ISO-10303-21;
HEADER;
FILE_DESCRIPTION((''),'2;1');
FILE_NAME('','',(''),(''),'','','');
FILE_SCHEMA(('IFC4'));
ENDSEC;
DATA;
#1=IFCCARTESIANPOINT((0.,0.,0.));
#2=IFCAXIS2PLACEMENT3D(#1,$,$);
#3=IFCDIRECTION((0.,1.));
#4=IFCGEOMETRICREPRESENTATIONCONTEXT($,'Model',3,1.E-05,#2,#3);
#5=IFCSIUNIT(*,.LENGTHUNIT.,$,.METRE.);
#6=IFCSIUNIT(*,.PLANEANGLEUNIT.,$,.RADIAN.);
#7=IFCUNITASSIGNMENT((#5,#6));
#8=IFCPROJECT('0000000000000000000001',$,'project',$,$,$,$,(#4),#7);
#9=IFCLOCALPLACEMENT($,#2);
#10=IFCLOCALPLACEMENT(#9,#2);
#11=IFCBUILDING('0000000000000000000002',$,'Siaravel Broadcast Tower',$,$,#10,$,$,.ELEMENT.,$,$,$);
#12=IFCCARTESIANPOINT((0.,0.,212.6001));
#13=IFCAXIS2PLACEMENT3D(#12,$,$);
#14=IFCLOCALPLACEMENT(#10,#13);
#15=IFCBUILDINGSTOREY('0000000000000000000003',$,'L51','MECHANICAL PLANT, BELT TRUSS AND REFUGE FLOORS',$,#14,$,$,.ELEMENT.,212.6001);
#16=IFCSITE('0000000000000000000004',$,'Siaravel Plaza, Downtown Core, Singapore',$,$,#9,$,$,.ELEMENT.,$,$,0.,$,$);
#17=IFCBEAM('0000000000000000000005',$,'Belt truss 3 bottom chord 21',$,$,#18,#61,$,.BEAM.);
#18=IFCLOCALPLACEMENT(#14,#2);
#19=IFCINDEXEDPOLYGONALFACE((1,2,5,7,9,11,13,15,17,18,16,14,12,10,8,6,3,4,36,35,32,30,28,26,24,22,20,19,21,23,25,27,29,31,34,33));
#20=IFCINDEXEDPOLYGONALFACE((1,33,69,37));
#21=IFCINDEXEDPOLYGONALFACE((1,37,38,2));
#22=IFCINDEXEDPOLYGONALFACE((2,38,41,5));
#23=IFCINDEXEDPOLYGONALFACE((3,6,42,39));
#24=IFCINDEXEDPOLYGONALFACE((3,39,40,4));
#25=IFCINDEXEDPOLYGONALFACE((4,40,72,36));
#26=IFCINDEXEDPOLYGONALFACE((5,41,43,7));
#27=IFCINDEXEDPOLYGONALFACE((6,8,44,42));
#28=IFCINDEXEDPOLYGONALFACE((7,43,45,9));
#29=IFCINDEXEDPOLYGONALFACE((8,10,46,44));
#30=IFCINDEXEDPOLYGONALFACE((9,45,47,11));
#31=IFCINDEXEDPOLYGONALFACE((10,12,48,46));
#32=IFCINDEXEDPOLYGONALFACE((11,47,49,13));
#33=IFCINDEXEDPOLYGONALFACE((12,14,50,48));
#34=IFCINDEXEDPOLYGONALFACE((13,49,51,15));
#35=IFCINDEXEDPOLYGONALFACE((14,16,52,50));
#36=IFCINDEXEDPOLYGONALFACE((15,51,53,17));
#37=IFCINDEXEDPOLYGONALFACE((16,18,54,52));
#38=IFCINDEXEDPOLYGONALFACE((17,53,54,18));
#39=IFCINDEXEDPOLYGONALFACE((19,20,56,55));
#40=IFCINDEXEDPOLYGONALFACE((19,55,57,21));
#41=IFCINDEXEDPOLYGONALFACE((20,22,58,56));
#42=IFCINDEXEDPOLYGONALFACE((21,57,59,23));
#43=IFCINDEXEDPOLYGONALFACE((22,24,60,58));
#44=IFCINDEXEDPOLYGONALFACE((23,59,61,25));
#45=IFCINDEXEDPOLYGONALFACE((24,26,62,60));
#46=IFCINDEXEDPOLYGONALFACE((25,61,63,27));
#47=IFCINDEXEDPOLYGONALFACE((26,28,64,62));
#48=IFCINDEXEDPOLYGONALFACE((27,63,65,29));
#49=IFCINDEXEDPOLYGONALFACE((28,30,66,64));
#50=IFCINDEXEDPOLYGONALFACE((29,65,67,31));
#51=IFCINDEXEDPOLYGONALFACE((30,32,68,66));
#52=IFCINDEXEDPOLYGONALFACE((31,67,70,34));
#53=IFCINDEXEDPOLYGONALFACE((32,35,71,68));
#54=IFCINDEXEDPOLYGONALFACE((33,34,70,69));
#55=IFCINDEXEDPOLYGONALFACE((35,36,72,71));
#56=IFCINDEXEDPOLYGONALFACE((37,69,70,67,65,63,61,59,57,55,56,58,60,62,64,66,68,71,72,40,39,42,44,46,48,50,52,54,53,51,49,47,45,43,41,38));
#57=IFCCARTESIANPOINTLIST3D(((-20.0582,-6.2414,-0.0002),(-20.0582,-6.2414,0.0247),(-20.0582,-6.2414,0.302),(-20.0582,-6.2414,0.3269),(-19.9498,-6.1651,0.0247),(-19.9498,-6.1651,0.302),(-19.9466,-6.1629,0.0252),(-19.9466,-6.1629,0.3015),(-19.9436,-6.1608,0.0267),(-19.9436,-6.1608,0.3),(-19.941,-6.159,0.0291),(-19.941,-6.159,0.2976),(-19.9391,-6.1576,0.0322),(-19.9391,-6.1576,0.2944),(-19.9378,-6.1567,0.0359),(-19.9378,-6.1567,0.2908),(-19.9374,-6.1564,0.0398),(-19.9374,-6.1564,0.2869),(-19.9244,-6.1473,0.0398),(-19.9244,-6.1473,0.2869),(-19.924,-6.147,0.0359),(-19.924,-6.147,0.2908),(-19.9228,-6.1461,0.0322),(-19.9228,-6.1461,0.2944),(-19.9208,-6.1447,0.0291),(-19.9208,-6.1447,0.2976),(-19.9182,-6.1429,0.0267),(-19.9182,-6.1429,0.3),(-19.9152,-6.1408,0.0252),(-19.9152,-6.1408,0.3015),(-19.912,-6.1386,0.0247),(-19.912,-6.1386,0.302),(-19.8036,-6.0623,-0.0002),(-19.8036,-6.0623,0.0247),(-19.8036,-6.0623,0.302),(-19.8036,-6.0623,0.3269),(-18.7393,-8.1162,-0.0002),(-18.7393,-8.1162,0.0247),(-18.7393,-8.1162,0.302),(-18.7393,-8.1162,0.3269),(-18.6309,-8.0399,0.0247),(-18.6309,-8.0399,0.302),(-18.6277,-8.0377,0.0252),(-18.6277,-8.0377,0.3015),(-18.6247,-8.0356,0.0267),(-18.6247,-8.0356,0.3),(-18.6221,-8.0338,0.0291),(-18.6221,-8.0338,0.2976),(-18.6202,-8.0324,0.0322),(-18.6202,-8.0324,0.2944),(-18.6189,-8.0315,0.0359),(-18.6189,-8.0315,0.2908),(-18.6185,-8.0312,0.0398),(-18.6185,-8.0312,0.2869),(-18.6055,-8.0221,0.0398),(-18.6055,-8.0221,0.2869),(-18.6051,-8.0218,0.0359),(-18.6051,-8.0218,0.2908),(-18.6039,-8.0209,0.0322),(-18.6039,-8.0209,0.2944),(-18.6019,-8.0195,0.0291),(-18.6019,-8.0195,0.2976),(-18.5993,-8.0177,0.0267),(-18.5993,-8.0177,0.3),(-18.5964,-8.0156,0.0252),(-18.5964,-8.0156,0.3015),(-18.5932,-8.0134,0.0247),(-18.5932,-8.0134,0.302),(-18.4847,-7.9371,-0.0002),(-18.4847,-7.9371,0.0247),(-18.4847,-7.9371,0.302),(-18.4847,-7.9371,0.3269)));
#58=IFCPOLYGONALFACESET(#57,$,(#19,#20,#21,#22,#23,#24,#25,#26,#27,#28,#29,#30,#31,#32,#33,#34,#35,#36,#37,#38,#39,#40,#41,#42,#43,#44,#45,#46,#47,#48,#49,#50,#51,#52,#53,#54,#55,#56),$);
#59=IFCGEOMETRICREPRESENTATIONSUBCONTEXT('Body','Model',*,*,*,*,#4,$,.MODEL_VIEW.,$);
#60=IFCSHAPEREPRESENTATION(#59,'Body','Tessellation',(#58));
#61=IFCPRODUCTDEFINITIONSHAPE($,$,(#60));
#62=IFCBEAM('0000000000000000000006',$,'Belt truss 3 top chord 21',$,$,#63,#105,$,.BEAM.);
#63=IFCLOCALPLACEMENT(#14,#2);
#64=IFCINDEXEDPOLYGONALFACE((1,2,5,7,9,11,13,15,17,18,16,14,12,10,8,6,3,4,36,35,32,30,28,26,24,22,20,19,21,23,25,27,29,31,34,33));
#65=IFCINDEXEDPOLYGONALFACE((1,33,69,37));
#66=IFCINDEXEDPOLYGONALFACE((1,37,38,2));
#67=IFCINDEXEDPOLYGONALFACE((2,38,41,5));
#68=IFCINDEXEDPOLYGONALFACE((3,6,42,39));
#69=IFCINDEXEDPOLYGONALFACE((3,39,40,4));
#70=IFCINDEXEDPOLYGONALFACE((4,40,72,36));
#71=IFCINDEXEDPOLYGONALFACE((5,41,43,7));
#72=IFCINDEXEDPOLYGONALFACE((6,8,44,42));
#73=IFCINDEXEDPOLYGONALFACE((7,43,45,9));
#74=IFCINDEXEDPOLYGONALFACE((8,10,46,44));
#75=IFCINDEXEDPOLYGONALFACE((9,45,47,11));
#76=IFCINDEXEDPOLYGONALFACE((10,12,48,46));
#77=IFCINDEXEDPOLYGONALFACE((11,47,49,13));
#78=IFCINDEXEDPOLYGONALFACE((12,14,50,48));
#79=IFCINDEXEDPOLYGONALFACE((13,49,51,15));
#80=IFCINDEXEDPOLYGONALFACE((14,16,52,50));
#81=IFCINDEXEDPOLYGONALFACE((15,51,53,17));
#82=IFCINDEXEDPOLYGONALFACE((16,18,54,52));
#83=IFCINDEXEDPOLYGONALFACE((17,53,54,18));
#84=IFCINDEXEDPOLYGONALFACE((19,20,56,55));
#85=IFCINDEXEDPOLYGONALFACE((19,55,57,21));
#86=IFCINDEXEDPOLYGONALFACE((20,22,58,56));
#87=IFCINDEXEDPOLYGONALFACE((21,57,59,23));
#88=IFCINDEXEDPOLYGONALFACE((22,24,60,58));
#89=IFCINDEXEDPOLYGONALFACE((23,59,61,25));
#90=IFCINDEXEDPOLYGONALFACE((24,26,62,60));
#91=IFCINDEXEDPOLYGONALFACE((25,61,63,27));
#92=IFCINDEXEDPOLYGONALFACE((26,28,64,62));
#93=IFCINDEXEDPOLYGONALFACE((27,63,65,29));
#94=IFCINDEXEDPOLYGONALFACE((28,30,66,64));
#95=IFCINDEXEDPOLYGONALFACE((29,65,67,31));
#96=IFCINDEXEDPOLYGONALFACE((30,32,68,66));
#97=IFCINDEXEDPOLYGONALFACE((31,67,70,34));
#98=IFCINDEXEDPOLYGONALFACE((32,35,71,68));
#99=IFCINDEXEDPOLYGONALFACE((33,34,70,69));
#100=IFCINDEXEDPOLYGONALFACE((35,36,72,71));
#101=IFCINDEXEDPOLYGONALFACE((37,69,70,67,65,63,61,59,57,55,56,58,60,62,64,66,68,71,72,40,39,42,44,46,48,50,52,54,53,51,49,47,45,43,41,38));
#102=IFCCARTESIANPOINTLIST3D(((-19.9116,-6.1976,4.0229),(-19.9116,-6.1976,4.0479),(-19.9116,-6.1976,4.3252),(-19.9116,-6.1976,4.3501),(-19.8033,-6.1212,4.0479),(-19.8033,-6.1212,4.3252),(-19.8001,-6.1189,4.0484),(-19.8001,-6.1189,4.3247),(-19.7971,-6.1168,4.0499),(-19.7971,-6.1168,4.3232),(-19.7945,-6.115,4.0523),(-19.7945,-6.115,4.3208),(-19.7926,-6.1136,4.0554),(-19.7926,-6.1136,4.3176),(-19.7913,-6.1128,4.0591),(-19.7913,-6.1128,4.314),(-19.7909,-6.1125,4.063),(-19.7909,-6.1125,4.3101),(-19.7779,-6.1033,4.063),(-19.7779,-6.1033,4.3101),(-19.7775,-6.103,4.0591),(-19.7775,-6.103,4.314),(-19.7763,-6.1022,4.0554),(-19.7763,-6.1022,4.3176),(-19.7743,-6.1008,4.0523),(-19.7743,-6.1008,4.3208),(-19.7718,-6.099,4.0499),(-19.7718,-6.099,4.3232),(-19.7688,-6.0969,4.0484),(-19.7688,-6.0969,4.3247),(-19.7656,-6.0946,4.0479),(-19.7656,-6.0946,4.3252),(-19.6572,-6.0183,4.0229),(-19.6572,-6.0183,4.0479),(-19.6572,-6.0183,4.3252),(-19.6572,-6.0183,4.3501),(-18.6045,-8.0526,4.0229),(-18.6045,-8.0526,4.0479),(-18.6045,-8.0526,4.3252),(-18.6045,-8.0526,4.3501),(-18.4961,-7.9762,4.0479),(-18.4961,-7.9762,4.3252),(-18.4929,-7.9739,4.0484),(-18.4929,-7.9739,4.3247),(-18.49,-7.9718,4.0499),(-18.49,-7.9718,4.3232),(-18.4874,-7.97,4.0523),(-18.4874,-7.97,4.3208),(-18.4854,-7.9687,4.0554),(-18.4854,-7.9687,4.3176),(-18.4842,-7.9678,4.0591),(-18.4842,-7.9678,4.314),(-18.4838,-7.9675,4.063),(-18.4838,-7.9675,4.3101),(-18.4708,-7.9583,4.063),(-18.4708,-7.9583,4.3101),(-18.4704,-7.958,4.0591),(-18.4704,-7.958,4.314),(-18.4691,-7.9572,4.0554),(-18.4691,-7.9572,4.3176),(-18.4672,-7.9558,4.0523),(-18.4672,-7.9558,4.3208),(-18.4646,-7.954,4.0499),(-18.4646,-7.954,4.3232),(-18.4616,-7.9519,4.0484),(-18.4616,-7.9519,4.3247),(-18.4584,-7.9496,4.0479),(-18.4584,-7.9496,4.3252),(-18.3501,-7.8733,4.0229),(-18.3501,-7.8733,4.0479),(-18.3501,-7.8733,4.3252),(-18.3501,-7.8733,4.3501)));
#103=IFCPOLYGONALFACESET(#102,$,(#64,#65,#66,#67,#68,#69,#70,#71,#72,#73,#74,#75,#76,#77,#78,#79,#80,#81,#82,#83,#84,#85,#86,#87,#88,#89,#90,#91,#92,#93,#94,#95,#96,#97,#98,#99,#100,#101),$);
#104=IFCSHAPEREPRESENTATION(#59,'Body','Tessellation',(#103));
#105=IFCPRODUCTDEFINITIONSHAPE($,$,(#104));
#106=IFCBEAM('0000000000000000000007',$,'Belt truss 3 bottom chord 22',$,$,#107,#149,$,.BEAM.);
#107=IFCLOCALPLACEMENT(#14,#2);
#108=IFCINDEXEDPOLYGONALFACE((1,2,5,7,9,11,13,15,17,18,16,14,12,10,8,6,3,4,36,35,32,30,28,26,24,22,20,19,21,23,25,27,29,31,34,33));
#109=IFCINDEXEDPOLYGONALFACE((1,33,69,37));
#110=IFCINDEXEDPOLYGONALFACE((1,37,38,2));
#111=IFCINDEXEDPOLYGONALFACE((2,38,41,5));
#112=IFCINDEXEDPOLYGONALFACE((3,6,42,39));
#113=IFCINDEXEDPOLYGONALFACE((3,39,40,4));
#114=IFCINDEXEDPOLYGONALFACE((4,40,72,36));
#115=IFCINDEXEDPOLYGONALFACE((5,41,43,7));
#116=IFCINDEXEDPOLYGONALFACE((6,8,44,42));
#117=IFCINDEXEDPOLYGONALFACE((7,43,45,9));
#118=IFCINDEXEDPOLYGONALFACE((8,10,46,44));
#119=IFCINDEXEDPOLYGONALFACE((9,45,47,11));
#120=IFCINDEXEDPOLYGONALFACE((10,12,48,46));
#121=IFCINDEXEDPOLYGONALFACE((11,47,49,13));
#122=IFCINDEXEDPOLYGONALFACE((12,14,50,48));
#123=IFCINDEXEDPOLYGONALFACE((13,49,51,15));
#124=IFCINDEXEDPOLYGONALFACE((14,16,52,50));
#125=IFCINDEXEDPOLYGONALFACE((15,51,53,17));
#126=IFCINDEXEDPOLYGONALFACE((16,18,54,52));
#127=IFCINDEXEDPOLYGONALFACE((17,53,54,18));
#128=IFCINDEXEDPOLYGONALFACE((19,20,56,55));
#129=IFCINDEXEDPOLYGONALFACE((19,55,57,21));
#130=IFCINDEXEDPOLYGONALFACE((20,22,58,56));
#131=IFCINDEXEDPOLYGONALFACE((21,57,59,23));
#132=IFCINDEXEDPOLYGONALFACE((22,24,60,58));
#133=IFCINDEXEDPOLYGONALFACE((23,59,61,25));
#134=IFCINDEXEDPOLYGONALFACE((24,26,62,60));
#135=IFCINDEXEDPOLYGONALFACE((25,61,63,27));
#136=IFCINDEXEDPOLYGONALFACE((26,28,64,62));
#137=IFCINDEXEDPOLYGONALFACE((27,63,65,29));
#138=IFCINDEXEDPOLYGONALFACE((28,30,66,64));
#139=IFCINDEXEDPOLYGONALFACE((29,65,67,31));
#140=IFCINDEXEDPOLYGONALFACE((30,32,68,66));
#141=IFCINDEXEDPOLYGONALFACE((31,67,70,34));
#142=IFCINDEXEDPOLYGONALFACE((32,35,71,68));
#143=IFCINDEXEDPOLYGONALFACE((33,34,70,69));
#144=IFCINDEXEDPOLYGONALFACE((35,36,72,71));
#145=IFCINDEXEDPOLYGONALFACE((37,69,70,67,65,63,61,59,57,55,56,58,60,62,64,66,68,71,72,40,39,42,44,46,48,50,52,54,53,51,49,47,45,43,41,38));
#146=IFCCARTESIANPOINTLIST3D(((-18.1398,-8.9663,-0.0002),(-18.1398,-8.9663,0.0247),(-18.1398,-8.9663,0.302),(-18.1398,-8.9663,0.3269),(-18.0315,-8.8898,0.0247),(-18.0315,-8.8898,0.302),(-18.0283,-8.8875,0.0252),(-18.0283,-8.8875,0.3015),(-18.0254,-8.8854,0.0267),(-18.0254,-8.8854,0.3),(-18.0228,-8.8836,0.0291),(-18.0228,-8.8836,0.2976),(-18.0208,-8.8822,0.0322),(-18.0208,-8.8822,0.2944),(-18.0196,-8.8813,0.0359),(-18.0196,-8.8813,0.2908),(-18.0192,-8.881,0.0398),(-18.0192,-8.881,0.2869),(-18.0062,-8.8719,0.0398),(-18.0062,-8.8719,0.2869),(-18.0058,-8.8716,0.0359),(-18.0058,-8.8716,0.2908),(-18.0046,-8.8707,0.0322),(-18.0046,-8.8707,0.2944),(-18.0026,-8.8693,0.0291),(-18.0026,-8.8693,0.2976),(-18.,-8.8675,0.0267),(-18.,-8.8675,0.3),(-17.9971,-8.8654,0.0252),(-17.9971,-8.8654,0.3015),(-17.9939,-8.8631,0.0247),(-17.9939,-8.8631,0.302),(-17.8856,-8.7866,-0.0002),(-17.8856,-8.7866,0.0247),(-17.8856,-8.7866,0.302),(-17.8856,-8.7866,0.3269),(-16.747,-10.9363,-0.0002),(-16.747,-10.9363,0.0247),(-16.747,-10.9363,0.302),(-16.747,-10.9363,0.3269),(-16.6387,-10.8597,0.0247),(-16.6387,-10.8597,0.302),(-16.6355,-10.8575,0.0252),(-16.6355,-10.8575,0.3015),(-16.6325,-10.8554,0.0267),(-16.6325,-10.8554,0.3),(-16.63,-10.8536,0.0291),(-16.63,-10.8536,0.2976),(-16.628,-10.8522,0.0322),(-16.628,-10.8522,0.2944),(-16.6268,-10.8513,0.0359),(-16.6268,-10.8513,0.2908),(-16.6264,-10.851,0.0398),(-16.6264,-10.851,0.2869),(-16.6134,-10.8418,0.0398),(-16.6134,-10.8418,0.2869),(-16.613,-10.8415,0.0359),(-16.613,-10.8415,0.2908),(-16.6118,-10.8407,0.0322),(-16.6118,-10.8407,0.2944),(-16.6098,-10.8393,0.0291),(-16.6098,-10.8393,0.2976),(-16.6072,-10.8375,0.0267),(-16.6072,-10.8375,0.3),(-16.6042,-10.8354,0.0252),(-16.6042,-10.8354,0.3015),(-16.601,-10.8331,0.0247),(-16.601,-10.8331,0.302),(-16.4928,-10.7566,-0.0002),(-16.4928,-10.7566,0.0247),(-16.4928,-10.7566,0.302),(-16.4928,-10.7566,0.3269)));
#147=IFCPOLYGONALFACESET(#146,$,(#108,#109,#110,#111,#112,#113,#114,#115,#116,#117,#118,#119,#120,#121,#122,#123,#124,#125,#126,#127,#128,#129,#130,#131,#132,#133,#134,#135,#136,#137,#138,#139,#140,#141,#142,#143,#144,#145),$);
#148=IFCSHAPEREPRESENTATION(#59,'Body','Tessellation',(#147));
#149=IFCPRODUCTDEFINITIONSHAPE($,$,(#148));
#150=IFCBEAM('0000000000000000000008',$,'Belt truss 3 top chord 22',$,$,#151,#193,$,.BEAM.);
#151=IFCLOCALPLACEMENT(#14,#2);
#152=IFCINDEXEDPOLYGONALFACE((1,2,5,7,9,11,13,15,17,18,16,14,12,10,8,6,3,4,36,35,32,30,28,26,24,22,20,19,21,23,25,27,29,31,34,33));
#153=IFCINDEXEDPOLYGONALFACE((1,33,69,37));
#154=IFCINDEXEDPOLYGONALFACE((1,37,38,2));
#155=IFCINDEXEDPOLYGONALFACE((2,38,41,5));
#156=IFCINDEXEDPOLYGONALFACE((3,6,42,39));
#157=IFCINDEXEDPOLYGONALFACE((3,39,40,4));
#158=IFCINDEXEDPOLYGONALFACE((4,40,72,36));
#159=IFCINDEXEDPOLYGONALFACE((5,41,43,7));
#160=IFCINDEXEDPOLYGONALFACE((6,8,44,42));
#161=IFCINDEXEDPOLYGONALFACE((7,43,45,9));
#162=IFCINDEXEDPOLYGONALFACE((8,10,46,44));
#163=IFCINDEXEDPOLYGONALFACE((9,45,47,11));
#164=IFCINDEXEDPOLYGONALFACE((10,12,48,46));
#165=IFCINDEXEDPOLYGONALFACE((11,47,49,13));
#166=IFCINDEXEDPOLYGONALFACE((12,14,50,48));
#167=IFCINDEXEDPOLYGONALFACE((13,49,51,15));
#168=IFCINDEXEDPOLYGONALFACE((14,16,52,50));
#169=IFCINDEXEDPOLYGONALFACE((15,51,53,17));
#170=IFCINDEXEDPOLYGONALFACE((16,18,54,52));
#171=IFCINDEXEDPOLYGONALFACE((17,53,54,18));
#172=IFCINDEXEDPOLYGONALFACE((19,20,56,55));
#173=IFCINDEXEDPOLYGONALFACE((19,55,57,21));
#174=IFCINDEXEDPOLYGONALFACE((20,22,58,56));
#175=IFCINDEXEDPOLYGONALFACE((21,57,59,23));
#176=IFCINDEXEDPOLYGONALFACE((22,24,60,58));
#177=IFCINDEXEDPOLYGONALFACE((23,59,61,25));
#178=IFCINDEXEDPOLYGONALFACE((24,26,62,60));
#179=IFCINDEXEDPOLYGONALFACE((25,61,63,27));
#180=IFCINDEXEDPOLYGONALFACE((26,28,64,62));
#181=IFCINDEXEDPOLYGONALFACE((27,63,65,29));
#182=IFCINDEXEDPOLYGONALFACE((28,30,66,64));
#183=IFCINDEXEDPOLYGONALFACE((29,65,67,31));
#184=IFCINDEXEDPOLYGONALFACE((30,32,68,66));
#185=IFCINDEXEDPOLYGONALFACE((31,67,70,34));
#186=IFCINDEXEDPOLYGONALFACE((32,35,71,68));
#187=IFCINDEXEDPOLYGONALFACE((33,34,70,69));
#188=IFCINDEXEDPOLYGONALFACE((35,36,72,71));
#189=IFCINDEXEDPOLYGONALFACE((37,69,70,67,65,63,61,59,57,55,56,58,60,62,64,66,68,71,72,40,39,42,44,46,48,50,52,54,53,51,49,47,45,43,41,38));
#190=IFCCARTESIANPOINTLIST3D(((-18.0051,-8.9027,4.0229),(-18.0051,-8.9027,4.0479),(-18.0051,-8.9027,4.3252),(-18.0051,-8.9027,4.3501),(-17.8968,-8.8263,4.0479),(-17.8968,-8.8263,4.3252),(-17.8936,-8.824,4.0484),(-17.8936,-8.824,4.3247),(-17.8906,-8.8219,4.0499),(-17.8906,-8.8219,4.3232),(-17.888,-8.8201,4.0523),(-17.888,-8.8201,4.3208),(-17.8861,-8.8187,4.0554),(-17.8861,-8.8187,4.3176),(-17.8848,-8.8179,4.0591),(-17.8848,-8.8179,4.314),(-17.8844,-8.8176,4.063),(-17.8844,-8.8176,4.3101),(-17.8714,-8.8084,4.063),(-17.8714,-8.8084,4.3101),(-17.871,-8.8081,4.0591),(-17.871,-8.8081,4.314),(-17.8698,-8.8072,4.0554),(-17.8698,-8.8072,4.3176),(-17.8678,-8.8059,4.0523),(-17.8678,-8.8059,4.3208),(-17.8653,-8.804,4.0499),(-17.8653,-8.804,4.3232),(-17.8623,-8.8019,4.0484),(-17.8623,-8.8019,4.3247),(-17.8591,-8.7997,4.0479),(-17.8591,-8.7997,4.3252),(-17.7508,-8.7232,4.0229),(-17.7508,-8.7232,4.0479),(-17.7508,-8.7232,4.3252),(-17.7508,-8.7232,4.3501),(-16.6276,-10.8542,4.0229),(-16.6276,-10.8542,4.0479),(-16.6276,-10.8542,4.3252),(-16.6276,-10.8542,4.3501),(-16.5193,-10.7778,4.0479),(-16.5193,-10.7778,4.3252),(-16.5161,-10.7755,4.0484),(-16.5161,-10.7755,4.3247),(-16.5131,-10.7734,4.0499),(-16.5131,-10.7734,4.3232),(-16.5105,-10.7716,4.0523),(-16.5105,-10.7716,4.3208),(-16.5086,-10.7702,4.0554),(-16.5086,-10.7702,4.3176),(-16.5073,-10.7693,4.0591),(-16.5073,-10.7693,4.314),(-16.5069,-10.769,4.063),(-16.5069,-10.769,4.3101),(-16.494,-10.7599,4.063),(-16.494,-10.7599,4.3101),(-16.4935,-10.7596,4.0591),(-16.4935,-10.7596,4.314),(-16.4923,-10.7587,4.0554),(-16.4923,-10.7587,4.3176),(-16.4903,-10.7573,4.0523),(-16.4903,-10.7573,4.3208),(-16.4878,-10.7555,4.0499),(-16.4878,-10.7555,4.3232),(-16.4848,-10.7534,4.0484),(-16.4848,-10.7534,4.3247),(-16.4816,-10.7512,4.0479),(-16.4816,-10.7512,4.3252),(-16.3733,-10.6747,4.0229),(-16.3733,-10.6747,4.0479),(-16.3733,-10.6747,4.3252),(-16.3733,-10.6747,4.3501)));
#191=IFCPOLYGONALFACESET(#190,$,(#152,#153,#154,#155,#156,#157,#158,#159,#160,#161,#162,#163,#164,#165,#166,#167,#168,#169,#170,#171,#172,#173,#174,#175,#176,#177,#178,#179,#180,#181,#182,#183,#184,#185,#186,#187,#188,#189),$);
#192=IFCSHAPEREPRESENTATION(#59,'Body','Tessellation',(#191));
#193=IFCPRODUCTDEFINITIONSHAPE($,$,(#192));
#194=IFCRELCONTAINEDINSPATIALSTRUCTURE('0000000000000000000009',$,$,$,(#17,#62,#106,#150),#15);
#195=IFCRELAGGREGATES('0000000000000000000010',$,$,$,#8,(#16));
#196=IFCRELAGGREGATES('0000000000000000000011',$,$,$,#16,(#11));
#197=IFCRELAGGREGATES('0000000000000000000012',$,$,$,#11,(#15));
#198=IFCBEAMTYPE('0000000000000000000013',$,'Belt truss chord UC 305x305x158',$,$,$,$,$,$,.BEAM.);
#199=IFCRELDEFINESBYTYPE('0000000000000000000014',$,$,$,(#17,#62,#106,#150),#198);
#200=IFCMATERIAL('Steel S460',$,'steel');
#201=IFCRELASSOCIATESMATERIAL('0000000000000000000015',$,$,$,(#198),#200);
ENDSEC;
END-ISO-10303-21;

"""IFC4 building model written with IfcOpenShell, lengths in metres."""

from ifc_helpers import new_model, si_unit, direction, frame, origin, origin_2d, place, context, subcontext, project, spatial, i_section, extrude, material, material_profile, profile_set, type_object, element, save


model = new_model("IFC4")

# Units and contexts
model_context = context("Model", 3, precision=1e-05, world=origin(), true_north=direction((0.0, 1.0)))
body_context = subcontext(model_context, "Body", "Model", "MODEL_VIEW")
ifc_project = project(units=[si_unit("LENGTHUNIT", "METRE"), si_unit("PLANEANGLEUNIT", "RADIAN")], contexts=[model_context])

# Site, building, storey
site_placement = place(None, origin())
site = spatial("IfcSite", under=ifc_project, at=site_placement, Name="Siaravel Plaza, Downtown Core, Singapore", CompositionType="ELEMENT", RefElevation=0.0)
building_placement = place(site_placement, origin())
building = spatial("IfcBuilding", under=site, at=building_placement, Name="Siaravel Broadcast Tower", CompositionType="ELEMENT")
storey_placement = place(building_placement, frame((0.0, 0.0, 212.6001)))
storey = spatial("IfcBuildingStorey", under=building, at=storey_placement, Name="L51", Description="MECHANICAL PLANT, BELT TRUSS AND REFUGE FLOORS", CompositionType="ELEMENT", Elevation=212.6001)

# Beams
ifc_material_1 = material(Name="Steel S460", Category="steel")
ifc_material_profile_1 = material_profile(ifc_material_1, i_section(OverallWidth=0.3113, OverallDepth=0.3271, WebThickness=0.0159, FlangeThickness=0.0249, FilletRadius=0.0151, at=origin_2d()))
ifc_profile_set_1 = profile_set([ifc_material_profile_1], Name="Steel S460")
beam_type_1 = type_object("IfcBeamType", Name="Belt truss chord UC 305x305x158", PredefinedType="BEAM", material=ifc_profile_set_1)
beam_1_placement = place(storey_placement, frame((-19.9309, -6.1519, 0.1633), z_axis=(0.575369, -0.817894, 0.0), x_axis=(0.817894, 0.575369, 0.0)))
element("IfcBeam", 1, at=beam_1_placement, inside=storey, type_object=beam_type_1, Name="Belt truss 3 bottom chord 21", PredefinedType="BEAM", context=body_context, shape_type="SweptSolid", body=[
    extrude(i_section(OverallWidth=0.3113, OverallDepth=0.3271, WebThickness=0.0159, FlangeThickness=0.0249, FilletRadius=0.0151, at=origin_2d()), origin(), (0.0, 0.0, 1.0), 2.2922),
])
beam_2_placement = place(storey_placement, frame((-19.7844, -6.1079, 4.1865), z_axis=(0.576016, -0.817439, 0.0), x_axis=(0.817439, 0.576016, 0.0)))
element("IfcBeam", 2, at=beam_2_placement, inside=storey, type_object=beam_type_1, Name="Belt truss 3 top chord 21", PredefinedType="BEAM", context=body_context, shape_type="SweptSolid", body=[
    extrude(i_section(OverallWidth=0.3113, OverallDepth=0.3271, WebThickness=0.0159, FlangeThickness=0.0249, FilletRadius=0.0151, at=origin_2d()), origin(), (0.0, 0.0, 1.0), 2.2693),
])
beam_3_placement = place(storey_placement, frame((-18.0127, -8.8765, 0.1633), z_axis=(0.577307, -0.816527, 0.0), x_axis=(0.816527, 0.577307, 0.0)))
element("IfcBeam", 3, at=beam_3_placement, inside=storey, type_object=beam_type_1, Name="Belt truss 3 bottom chord 22", PredefinedType="BEAM", context=body_context, shape_type="SweptSolid", body=[
    extrude(i_section(OverallWidth=0.3113, OverallDepth=0.3271, WebThickness=0.0159, FlangeThickness=0.0249, FilletRadius=0.0151, at=origin_2d()), origin(), (0.0, 0.0, 1.0), 2.4126),
])
beam_4_placement = place(storey_placement, frame((-17.8779, -8.813, 4.1865), z_axis=(0.576675, -0.816974, 0.0), x_axis=(0.816974, 0.576675, 0.0)))
element("IfcBeam", 4, at=beam_4_placement, inside=storey, type_object=beam_type_1, Name="Belt truss 3 top chord 22", PredefinedType="BEAM", context=body_context, shape_type="SweptSolid", body=[
    extrude(i_section(OverallWidth=0.3113, OverallDepth=0.3271, WebThickness=0.0159, FlangeThickness=0.0249, FilletRadius=0.0151, at=origin_2d()), origin(), (0.0, 0.0, 1.0), 2.3887),
])

save(model, "model.ifc")
